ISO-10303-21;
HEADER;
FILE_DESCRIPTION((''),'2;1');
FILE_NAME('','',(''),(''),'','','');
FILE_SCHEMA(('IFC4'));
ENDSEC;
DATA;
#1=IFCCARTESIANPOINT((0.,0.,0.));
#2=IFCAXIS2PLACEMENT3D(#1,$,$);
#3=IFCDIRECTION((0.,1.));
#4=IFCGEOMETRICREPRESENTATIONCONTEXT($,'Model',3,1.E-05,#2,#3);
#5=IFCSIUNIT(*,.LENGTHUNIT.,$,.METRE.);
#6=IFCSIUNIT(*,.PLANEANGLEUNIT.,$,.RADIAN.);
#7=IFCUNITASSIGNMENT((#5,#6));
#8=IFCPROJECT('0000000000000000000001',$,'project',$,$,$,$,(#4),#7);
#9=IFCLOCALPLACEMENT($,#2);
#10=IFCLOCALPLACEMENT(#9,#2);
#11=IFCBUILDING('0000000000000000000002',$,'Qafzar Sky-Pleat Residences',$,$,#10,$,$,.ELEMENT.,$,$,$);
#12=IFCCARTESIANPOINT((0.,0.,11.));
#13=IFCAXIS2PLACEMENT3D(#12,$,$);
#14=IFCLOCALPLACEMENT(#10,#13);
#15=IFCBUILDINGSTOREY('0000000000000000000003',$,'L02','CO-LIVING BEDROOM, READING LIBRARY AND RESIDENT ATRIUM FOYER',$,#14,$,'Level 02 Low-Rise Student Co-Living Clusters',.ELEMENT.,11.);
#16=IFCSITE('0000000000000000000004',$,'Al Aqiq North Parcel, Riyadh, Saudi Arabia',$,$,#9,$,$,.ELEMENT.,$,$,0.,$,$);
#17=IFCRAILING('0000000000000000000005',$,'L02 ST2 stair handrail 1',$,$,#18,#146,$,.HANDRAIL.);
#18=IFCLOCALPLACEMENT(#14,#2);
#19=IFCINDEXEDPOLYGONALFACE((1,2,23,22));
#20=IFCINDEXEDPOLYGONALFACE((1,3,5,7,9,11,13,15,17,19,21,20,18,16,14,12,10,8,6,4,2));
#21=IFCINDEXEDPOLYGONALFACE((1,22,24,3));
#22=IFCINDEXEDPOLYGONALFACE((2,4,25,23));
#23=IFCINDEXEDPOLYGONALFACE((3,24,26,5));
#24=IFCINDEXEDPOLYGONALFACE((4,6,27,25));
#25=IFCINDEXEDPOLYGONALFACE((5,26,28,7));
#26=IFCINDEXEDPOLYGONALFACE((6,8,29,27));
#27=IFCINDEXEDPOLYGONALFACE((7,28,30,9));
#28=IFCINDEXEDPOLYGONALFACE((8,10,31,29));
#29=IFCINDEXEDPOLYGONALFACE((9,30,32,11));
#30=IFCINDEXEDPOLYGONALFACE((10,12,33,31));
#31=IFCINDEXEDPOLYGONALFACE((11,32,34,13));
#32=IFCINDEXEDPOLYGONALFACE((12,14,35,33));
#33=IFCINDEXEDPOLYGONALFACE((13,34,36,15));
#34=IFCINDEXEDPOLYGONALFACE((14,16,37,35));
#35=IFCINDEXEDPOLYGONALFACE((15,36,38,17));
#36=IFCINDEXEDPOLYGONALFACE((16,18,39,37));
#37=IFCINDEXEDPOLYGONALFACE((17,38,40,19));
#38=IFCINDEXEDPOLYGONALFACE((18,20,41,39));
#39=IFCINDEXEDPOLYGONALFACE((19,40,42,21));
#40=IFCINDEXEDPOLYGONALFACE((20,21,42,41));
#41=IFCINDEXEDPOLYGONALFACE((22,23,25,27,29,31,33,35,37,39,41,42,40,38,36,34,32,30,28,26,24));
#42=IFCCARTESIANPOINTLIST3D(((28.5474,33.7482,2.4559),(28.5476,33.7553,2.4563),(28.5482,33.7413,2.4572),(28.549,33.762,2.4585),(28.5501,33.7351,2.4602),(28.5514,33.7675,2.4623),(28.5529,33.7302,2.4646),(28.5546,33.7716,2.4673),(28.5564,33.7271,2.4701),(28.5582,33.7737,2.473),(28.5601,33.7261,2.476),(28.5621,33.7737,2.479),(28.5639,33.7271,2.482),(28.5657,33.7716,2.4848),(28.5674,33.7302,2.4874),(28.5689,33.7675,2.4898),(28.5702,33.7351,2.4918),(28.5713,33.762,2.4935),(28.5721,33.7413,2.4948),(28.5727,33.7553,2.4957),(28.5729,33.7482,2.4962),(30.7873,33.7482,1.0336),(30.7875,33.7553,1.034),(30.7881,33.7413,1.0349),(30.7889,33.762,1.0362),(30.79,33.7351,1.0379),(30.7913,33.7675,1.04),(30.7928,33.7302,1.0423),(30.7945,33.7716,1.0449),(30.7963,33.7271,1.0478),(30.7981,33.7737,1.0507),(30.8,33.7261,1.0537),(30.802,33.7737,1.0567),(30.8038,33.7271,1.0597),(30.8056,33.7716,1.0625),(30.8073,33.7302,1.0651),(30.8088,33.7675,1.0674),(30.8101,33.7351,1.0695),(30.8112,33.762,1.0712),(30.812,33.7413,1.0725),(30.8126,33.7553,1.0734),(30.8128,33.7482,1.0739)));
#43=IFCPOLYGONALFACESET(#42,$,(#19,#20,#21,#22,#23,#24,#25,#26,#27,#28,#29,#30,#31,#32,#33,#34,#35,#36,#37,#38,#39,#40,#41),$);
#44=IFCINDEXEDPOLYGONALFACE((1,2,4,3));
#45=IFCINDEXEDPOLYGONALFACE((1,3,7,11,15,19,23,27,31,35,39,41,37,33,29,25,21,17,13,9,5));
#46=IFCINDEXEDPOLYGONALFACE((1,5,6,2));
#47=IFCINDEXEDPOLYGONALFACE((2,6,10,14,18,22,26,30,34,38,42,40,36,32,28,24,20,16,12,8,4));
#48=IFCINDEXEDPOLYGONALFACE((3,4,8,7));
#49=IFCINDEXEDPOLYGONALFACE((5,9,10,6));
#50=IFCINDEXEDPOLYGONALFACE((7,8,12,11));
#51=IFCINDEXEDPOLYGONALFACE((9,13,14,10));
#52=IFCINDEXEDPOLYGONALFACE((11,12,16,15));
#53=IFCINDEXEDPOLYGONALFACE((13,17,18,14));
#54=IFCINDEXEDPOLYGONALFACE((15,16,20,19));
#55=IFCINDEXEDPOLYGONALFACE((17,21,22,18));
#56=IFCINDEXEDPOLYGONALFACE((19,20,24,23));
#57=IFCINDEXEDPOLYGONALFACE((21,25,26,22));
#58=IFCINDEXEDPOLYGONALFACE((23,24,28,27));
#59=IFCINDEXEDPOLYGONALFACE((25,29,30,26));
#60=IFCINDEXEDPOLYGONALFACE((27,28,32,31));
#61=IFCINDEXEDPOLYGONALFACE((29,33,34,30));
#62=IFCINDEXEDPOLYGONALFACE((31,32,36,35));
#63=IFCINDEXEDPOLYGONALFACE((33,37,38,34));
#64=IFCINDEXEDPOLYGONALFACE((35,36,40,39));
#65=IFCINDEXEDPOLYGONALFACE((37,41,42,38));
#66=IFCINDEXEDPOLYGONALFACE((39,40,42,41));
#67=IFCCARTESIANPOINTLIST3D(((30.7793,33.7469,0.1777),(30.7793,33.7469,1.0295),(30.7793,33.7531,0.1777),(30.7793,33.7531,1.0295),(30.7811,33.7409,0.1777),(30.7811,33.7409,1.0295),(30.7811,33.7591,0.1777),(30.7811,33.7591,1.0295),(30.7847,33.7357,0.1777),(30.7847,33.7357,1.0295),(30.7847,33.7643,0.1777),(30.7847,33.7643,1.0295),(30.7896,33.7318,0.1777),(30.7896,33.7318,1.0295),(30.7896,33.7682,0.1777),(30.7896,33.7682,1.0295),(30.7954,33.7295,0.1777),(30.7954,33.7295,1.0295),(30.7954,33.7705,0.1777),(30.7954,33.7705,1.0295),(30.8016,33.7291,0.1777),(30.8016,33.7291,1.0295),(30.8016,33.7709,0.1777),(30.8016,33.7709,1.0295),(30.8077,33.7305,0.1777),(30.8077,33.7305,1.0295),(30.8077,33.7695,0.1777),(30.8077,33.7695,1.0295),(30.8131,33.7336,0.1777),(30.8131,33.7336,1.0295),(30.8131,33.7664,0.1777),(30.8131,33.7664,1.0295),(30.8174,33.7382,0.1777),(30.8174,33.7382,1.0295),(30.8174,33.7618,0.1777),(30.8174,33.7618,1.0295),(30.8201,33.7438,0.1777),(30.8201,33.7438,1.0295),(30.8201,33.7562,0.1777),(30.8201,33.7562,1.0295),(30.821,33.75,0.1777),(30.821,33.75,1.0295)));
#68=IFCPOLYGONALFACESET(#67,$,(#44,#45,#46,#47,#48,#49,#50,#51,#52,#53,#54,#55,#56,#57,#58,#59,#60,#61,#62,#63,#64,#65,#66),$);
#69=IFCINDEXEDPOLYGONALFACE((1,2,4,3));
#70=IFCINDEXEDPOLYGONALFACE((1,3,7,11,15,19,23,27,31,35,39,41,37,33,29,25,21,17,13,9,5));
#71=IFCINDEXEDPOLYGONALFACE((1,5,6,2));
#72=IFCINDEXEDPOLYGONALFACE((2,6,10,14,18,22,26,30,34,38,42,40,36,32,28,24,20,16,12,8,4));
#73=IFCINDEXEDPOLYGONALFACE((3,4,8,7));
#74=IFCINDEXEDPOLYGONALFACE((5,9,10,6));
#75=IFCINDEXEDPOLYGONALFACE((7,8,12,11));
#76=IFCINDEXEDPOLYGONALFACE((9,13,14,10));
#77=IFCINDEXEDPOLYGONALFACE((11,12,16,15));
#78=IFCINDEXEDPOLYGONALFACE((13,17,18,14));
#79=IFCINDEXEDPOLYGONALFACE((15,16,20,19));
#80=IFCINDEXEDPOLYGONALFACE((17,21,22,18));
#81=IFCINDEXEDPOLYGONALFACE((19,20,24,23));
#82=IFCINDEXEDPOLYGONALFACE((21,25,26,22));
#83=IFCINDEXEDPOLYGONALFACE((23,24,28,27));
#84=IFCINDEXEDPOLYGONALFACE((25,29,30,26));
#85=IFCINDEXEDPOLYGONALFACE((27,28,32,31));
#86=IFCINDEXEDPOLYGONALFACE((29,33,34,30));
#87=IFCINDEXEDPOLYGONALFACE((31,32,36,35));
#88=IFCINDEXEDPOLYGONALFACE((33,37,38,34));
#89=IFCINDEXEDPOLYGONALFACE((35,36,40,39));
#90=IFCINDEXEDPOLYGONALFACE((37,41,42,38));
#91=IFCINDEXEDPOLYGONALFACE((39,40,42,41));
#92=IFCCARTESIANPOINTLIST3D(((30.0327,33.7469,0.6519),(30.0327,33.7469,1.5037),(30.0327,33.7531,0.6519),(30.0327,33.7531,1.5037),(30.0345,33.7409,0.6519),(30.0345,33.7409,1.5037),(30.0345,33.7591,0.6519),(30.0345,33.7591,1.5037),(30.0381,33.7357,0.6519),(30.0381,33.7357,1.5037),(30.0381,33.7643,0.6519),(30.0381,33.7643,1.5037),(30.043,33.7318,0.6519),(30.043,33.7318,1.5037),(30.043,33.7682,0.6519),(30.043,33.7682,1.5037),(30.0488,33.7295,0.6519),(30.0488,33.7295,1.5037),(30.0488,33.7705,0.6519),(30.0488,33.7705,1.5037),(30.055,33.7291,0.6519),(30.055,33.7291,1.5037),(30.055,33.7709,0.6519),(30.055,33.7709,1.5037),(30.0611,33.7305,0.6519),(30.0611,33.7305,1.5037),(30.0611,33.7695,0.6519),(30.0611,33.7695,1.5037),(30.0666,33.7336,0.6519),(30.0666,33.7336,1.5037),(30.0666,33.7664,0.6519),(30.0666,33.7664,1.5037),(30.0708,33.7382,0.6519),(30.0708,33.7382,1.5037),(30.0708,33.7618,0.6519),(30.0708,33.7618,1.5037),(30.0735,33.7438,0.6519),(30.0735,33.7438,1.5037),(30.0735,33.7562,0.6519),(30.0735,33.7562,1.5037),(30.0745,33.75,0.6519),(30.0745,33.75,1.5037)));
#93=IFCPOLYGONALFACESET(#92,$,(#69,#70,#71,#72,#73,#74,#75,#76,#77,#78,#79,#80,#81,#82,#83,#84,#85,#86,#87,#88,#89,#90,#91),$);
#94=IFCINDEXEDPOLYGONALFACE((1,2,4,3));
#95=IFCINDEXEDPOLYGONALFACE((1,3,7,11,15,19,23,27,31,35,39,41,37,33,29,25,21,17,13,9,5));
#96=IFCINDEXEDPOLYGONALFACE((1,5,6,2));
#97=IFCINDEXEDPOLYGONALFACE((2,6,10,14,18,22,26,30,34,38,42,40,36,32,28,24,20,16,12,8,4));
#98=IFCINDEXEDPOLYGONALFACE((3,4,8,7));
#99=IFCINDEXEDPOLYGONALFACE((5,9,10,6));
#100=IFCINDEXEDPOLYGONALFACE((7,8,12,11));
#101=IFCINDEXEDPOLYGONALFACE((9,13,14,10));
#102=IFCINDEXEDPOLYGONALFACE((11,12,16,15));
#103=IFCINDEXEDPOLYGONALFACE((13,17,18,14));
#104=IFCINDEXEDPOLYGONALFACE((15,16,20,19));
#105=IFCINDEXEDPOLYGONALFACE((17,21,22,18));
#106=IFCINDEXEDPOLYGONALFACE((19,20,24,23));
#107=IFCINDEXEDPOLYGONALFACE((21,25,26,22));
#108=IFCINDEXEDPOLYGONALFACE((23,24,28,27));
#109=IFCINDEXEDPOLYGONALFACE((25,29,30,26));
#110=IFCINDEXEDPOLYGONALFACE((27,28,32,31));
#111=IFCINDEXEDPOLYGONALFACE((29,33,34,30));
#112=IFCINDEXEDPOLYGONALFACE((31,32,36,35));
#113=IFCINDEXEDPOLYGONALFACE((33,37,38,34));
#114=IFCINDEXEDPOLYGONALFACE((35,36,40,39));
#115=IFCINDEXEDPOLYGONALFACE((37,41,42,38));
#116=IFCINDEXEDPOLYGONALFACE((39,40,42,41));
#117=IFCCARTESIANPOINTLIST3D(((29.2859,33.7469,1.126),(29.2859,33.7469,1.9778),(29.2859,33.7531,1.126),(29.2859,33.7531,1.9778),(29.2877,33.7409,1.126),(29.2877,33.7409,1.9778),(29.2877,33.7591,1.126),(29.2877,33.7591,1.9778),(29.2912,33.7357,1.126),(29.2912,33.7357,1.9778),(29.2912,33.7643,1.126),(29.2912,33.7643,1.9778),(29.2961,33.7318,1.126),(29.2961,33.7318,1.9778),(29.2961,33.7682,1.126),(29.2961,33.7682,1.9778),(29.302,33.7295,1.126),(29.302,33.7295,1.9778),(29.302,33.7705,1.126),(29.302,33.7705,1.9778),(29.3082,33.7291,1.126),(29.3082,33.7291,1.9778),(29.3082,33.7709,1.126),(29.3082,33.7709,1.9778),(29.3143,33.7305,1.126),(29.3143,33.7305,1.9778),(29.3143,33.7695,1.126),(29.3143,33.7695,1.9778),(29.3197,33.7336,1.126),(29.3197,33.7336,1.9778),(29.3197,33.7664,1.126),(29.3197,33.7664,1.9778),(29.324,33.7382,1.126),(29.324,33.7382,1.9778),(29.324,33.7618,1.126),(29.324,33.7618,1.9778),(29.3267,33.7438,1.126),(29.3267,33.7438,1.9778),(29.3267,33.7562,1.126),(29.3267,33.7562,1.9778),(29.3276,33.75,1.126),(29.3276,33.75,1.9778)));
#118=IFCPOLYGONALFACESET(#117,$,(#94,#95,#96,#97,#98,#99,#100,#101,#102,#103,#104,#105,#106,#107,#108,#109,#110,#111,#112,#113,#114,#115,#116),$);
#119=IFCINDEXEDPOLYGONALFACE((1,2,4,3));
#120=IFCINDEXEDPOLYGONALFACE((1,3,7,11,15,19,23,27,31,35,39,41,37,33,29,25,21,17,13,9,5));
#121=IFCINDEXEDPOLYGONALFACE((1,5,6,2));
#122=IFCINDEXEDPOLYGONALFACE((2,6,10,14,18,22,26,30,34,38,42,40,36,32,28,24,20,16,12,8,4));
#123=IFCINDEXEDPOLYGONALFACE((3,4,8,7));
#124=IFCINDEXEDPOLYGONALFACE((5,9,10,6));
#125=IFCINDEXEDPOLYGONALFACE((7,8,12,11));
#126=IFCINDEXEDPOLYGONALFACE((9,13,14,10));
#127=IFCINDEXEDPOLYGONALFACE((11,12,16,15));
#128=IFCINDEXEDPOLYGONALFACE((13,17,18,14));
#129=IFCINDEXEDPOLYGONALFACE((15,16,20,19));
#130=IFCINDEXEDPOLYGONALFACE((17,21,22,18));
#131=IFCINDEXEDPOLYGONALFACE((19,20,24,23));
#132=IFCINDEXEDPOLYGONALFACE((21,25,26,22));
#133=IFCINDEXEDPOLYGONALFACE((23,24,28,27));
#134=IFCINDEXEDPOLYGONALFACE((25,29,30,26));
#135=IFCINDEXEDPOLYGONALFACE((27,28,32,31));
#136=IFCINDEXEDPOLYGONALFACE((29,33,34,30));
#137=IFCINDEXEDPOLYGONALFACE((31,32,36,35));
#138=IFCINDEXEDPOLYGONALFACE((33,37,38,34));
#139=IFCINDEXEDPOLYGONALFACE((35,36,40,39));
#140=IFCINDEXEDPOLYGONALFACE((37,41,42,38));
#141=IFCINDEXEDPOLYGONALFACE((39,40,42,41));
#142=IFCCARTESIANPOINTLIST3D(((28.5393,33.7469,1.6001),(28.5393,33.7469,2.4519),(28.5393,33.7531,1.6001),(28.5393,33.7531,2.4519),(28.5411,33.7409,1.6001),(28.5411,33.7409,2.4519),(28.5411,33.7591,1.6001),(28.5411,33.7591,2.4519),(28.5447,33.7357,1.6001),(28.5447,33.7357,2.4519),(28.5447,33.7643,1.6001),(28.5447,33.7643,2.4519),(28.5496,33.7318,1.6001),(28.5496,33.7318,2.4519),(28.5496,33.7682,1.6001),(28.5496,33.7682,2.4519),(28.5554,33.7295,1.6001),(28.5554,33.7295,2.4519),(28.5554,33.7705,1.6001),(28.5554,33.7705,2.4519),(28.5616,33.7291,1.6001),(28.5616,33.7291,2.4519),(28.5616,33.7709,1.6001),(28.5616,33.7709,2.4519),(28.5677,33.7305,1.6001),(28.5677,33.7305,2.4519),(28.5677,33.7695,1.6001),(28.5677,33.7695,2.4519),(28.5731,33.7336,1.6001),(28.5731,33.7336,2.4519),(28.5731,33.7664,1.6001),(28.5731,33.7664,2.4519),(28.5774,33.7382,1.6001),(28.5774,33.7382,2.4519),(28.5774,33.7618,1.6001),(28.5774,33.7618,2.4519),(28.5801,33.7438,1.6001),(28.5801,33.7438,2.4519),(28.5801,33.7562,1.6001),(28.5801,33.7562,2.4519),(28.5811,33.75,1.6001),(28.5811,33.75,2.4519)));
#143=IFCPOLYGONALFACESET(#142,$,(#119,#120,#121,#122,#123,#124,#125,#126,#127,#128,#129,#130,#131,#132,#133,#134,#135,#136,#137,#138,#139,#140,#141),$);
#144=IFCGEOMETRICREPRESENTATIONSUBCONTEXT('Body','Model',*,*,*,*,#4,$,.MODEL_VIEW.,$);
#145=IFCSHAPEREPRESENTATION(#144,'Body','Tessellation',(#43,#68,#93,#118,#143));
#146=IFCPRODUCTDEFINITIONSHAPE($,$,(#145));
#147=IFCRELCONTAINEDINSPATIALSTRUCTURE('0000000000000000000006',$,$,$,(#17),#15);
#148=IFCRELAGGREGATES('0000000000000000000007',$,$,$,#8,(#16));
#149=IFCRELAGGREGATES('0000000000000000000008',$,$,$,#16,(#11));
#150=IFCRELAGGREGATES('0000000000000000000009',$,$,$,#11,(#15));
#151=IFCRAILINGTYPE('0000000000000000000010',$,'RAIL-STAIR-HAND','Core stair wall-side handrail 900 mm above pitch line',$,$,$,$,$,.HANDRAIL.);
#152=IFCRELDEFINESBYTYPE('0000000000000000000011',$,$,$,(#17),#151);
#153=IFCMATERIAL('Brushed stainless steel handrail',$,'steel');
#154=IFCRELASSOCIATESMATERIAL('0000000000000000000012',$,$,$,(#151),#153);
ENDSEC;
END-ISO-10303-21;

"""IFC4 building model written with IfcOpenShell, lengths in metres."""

from ifc_helpers import new_model, si_unit, direction, frame, origin, origin_2d, place, context, subcontext, project, spatial, circle, extrude, source, transform, mapped, material, type_object, element, save


model = new_model("IFC4")

# Units and contexts
model_context = context("Model", 3, precision=1e-05, world=origin(), true_north=direction((0.0, 1.0)))
body_context = subcontext(model_context, "Body", "Model", "MODEL_VIEW")
ifc_project = project(units=[si_unit("LENGTHUNIT", "METRE"), si_unit("PLANEANGLEUNIT", "RADIAN")], contexts=[model_context])

# Site, building, storey
site_placement = place(None, origin())
site = spatial("IfcSite", under=ifc_project, at=site_placement, Name="Al Aqiq North Parcel, Riyadh, Saudi Arabia", CompositionType="ELEMENT", RefElevation=0.0)
building_placement = place(site_placement, origin())
building = spatial("IfcBuilding", under=site, at=building_placement, Name="Qafzar Sky-Pleat Residences", CompositionType="ELEMENT")
storey_placement = place(building_placement, frame((0.0, 0.0, 11.0)))
storey = spatial("IfcBuildingStorey", under=building, at=storey_placement, Name="L02", Description="CO-LIVING BEDROOM, READING LIBRARY AND RESIDENT ATRIUM FOYER", LongName="Level 02 Low-Rise Student Co-Living Clusters", CompositionType="ELEMENT", Elevation=11.0)

# Railing
ifc_material_1 = material(Name="Brushed stainless steel handrail", Category="steel")
railing_type_1 = type_object("IfcRailingType", Name="RAIL-STAIR-HAND", Description="Core stair wall-side handrail 900 mm above pitch line", PredefinedType="HANDRAIL", material=ifc_material_1)
shared_shape_1 = source(origin(), body_context, "Body", "SweptSolid", [
    extrude(circle(Radius=0.0239, at=origin_2d()), frame((0.0, 0.0, 0.876), z_axis=(-0.844188, 0.0, 0.536048), x_axis=(0.0, -1.0, 0.0)), (0.0, 0.0, 1.0), 2.6533),
    extrude(circle(Radius=0.021, at=origin_2d()), origin(), (0.0, 0.0, 1.0), 0.8518),
    extrude(circle(Radius=0.021, at=origin_2d()), frame((-0.7466, 0.0, 0.4741)), (0.0, 0.0, 1.0), 0.8518),
    extrude(circle(Radius=0.021, at=origin_2d()), frame((-1.4934, 0.0, 0.9482)), (0.0, 0.0, 1.0), 0.8518),
    extrude(circle(Radius=0.021, at=origin_2d()), frame((-2.24, 0.0, 1.4224)), (0.0, 0.0, 1.0), 0.8518),
])
railing_1_placement = place(storey_placement, frame((30.8, 33.75, 0.1777)))
element("IfcRailing", 1, at=railing_1_placement, inside=storey, type_object=railing_type_1, Name="L02 ST2 stair handrail 1", PredefinedType="HANDRAIL", context=body_context, shape_type="MappedRepresentation", body=[
    mapped(shared_shape_1, transform((0.0, 0.0, 0.0), x_axis=(1.0, 0.0, 0.0), y_axis=(0.0, 1.0, 0.0), z_axis=(0.0, 0.0, 1.0), scale=1.0)),
])

save(model, "model.ifc")
